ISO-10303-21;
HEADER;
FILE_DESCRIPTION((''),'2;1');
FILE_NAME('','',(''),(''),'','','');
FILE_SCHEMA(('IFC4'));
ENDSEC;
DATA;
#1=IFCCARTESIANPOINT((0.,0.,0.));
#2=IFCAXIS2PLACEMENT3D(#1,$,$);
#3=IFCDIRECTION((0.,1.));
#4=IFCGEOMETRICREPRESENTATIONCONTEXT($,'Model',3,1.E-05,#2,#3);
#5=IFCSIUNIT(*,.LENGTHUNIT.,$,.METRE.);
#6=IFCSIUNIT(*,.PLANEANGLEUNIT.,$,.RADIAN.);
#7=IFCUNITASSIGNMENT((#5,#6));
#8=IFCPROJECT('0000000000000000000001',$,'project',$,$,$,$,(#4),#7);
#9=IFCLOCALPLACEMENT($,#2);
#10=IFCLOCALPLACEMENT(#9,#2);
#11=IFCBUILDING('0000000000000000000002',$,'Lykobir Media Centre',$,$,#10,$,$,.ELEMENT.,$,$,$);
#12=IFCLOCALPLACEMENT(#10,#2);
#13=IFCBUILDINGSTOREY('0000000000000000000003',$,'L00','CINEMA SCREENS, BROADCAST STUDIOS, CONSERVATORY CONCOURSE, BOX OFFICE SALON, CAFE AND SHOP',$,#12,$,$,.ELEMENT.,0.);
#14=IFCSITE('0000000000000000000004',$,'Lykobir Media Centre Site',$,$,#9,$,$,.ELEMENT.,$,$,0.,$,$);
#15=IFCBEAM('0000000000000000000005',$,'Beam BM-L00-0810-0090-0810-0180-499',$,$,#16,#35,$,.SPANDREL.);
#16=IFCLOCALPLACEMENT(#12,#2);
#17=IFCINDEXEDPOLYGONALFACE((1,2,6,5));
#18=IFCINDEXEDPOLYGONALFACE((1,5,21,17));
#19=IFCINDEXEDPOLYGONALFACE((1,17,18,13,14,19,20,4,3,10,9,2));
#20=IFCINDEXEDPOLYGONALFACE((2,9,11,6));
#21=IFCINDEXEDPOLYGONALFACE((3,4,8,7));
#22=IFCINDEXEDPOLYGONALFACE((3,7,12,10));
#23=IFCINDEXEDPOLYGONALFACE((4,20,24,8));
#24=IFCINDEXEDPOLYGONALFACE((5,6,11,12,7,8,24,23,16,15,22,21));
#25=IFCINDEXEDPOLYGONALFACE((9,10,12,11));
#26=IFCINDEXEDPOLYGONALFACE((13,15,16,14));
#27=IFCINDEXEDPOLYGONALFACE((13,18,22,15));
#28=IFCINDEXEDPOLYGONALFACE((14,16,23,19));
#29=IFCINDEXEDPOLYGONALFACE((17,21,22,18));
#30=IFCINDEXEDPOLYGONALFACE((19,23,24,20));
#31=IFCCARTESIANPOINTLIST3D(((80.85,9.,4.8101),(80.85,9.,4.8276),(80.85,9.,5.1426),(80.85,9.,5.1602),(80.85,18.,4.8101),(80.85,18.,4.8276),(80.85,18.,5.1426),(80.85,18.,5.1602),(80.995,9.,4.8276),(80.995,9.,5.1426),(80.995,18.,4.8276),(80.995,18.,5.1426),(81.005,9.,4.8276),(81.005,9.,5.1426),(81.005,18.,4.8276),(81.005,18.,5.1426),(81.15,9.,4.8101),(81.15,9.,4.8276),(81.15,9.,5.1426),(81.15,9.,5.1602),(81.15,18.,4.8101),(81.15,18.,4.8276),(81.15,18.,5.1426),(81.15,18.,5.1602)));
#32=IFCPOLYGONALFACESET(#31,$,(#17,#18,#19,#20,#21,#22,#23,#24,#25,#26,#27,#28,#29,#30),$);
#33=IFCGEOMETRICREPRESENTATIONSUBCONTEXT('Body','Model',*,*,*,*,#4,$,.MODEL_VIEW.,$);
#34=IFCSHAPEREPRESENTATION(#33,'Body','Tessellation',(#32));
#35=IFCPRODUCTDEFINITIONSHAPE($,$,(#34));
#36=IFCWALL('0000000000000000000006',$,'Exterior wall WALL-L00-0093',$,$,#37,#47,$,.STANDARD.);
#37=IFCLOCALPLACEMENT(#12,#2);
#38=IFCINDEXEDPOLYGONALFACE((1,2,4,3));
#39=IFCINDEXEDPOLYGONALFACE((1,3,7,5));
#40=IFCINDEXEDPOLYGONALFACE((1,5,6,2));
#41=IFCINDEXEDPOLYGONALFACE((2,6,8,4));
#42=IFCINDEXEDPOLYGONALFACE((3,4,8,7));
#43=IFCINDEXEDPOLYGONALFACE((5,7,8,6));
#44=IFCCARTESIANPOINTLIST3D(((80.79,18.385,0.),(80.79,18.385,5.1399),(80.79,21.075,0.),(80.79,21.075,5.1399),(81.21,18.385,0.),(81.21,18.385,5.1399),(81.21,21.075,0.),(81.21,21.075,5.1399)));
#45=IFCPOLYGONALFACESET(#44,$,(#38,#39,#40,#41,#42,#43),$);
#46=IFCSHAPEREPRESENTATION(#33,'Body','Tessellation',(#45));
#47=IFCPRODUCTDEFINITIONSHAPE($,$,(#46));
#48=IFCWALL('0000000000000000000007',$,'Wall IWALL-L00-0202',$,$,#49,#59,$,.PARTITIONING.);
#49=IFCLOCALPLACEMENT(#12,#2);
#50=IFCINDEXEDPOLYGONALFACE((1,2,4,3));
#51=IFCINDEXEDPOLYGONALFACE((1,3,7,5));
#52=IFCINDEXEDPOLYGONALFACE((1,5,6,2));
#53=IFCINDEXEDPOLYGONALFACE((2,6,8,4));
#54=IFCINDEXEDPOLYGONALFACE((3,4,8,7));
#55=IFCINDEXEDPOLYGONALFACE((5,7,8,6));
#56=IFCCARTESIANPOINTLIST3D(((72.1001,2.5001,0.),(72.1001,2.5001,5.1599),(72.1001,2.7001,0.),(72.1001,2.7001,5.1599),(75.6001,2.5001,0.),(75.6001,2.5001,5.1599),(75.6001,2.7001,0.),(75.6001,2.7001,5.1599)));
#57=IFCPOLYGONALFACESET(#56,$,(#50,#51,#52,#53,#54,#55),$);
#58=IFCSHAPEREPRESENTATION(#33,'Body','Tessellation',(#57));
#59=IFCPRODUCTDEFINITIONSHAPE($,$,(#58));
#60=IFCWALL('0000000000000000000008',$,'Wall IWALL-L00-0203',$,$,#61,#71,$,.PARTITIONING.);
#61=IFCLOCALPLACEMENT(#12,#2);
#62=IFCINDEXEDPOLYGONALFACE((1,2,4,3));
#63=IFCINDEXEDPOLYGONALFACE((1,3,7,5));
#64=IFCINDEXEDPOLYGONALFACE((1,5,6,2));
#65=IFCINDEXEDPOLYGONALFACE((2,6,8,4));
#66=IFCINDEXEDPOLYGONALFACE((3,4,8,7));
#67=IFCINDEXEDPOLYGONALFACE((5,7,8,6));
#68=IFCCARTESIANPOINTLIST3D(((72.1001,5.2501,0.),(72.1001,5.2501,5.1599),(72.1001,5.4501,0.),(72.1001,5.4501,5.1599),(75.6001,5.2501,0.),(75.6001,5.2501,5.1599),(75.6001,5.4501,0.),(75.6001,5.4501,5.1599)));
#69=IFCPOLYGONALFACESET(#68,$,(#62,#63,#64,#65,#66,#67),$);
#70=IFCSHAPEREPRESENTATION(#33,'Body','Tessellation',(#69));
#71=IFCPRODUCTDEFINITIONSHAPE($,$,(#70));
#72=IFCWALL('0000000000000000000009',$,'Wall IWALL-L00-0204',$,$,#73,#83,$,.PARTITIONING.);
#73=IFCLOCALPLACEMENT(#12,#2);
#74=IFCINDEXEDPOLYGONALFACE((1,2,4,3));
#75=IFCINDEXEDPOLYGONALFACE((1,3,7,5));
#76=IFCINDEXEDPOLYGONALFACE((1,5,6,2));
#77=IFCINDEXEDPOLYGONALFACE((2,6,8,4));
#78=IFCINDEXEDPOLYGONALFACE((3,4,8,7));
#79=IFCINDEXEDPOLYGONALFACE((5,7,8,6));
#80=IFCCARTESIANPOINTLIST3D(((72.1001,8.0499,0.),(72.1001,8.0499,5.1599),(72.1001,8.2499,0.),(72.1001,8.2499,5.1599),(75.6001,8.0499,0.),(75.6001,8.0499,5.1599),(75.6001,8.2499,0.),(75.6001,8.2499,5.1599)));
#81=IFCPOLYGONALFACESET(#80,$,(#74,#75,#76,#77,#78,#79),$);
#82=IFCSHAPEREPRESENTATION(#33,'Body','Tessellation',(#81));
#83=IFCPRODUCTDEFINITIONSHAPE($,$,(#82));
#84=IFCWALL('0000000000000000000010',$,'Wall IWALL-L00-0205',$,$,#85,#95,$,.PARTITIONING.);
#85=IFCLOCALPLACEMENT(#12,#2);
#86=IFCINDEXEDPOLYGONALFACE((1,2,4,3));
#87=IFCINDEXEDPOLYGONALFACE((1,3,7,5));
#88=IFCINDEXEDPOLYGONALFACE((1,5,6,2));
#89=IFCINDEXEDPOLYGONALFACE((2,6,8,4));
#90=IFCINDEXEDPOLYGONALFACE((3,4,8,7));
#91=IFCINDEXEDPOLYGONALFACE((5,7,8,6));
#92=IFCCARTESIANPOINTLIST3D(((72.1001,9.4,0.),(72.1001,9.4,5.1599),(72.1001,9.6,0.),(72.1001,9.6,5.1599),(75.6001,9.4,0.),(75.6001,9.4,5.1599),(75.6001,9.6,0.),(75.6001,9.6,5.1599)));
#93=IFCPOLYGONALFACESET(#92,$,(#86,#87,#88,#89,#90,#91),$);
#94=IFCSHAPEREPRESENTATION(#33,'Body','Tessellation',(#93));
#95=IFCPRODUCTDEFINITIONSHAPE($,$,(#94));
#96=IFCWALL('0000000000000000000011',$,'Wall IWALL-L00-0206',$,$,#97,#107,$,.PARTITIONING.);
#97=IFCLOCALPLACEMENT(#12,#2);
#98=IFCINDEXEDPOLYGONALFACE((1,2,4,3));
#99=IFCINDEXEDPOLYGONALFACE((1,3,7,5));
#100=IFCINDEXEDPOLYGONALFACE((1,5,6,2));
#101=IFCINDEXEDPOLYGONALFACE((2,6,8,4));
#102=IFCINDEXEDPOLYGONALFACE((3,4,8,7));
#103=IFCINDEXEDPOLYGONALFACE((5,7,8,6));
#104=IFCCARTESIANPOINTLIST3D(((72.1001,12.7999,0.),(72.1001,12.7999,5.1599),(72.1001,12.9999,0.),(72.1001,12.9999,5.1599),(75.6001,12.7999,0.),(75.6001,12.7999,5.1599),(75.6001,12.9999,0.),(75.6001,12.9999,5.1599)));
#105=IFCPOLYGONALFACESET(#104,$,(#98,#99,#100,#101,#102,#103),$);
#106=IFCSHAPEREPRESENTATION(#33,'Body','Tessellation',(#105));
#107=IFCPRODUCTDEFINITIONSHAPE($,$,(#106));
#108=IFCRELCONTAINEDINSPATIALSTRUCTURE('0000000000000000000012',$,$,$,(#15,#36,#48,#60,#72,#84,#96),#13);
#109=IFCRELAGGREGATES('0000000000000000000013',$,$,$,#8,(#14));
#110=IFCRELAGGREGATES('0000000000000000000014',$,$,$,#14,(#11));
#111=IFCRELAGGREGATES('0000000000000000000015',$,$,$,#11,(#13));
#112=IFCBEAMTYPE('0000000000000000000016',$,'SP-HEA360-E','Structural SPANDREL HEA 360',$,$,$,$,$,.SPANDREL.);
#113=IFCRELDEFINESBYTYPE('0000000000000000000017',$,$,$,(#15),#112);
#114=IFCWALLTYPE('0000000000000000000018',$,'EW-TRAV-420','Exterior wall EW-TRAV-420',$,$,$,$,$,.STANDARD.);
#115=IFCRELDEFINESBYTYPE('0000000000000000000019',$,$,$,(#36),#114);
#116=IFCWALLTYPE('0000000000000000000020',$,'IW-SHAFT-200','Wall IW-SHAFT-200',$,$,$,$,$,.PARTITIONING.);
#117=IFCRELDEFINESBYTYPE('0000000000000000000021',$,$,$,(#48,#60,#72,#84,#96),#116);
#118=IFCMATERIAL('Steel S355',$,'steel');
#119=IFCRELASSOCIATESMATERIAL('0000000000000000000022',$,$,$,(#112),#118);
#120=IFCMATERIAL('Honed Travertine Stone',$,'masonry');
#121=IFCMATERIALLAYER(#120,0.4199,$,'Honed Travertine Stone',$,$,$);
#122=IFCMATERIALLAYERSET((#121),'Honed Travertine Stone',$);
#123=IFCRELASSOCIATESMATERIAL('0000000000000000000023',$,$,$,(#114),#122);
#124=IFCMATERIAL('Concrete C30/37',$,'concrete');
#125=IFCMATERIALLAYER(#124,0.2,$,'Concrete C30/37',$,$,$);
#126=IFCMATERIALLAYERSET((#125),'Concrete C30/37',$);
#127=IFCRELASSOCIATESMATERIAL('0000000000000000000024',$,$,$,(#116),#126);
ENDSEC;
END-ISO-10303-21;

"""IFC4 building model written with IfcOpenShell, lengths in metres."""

from ifc_helpers import new_model, si_unit, direction, frame, frame_2d, origin, origin_2d, place, context, subcontext, project, spatial, rectangle, i_section, extrude, material, layer, layer_set, material_profile, profile_set, type_object, element, save


model = new_model("IFC4")

# Units and contexts
model_context = context("Model", 3, precision=1e-05, world=origin(), true_north=direction((0.0, 1.0)))
body_context = subcontext(model_context, "Body", "Model", "MODEL_VIEW")
ifc_project = project(units=[si_unit("LENGTHUNIT", "METRE"), si_unit("PLANEANGLEUNIT", "RADIAN")], contexts=[model_context])

# Site, building, storey
site_placement = place(None, origin())
site = spatial("IfcSite", under=ifc_project, at=site_placement, Name="Lykobir Media Centre Site", CompositionType="ELEMENT", RefElevation=0.0)
building_placement = place(site_placement, origin())
building = spatial("IfcBuilding", under=site, at=building_placement, Name="Lykobir Media Centre", CompositionType="ELEMENT")
storey_placement = place(building_placement, origin())
storey = spatial("IfcBuildingStorey", under=building, at=storey_placement, Name="L00", Description="CINEMA SCREENS, BROADCAST STUDIOS, CONSERVATORY CONCOURSE, BOX OFFICE SALON, CAFE AND SHOP", CompositionType="ELEMENT", Elevation=0.0)

# Shared definitions
ifc_material_1 = material(Name="Honed Travertine Stone", Category="masonry")

# Beam
ifc_material_2 = material(Name="Steel S355", Category="steel")
ifc_material_profile_1 = material_profile(ifc_material_2, i_section(OverallWidth=0.3, OverallDepth=0.3501, WebThickness=0.01, FlangeThickness=0.0176, at=origin_2d()), Name="HEA 360")
ifc_profile_set_1 = profile_set([ifc_material_profile_1], Name="Steel S355")
beam_type_1 = type_object("IfcBeamType", Name="SP-HEA360-E", Description="Structural SPANDREL HEA 360", PredefinedType="SPANDREL", material=ifc_profile_set_1)
for number, where, z_axis, x_axis, name in (
    (1, (81.0, 9.0, 4.9851), (0.0, 1.0, 0.0), (-1.0, 0.0, 0.0), "Beam BM-L00-0810-0090-0810-0180-499"),
):
    element("IfcBeam", number, at=place(storey_placement, frame(where, z_axis=z_axis, x_axis=x_axis)), inside=storey, type_object=beam_type_1, Name=name, PredefinedType="SPANDREL", context=body_context, shape_type="SweptSolid", body=[
        extrude(i_section(OverallWidth=0.3, OverallDepth=0.3501, WebThickness=0.01, FlangeThickness=0.0176, at=origin_2d()), origin(), (0.0, 0.0, 1.0), 9.0),
    ])

# Walls
ifc_layer_1 = layer(ifc_material_1, 0.4199, Name="Honed Travertine Stone")
ifc_layer_set_1 = layer_set([ifc_layer_1], Name="Honed Travertine Stone")
wall_type_1 = type_object("IfcWallType", Name="EW-TRAV-420", Description="Exterior wall EW-TRAV-420", PredefinedType="STANDARD", material=ifc_layer_set_1)
wall_1_placement = place(storey_placement, frame((81.0, 18.385, 0.0), z_axis=(0.0, 0.0, 1.0), x_axis=(0.0, 1.0, 0.0)))
element("IfcWall", 2, at=wall_1_placement, inside=storey, type_object=wall_type_1, Name="Exterior wall WALL-L00-0093", PredefinedType="STANDARD", context=body_context, shape_type="SweptSolid", body=[
    extrude(rectangle(XDim=2.6899, YDim=0.4199, at=frame_2d((1.345, 0.0))), origin(), (0.0, 0.0, 1.0), 5.1399),
])
ifc_material_3 = material(Name="Concrete C30/37", Category="concrete")
ifc_layer_2 = layer(ifc_material_3, 0.2, Name="Concrete C30/37")
ifc_layer_set_2 = layer_set([ifc_layer_2], Name="Concrete C30/37")
wall_type_2 = type_object("IfcWallType", Name="IW-SHAFT-200", Description="Wall IW-SHAFT-200", PredefinedType="PARTITIONING", material=ifc_layer_set_2)
for number, where, z_axis, x_axis, name in (
    (3, (72.1001, 2.6001, 0.0), (0.0, 0.0, 1.0), (1.0, 0.0, 0.0), "Wall IWALL-L00-0202"),
    (4, (72.1001, 5.3501, 0.0), (0.0, 0.0, 1.0), (1.0, 0.0, 0.0), "Wall IWALL-L00-0203"),
    (5, (72.1001, 8.1499, 0.0), (0.0, 0.0, 1.0), (1.0, 0.0, 0.0), "Wall IWALL-L00-0204"),
    (6, (72.1001, 9.5, 0.0), (0.0, 0.0, 1.0), (1.0, 0.0, 0.0), "Wall IWALL-L00-0205"),
    (7, (72.1001, 12.8999, 0.0), (0.0, 0.0, 1.0), (1.0, 0.0, 0.0), "Wall IWALL-L00-0206"),
):
    element("IfcWall", number, at=place(storey_placement, frame(where, z_axis=z_axis, x_axis=x_axis)), inside=storey, type_object=wall_type_2, Name=name, PredefinedType="PARTITIONING", context=body_context, shape_type="SweptSolid", body=[
        extrude(rectangle(XDim=3.5, YDim=0.2, at=frame_2d((1.75, 0.0))), origin(), (0.0, 0.0, 1.0), 5.1599),
    ])

save(model, "model.ifc")
